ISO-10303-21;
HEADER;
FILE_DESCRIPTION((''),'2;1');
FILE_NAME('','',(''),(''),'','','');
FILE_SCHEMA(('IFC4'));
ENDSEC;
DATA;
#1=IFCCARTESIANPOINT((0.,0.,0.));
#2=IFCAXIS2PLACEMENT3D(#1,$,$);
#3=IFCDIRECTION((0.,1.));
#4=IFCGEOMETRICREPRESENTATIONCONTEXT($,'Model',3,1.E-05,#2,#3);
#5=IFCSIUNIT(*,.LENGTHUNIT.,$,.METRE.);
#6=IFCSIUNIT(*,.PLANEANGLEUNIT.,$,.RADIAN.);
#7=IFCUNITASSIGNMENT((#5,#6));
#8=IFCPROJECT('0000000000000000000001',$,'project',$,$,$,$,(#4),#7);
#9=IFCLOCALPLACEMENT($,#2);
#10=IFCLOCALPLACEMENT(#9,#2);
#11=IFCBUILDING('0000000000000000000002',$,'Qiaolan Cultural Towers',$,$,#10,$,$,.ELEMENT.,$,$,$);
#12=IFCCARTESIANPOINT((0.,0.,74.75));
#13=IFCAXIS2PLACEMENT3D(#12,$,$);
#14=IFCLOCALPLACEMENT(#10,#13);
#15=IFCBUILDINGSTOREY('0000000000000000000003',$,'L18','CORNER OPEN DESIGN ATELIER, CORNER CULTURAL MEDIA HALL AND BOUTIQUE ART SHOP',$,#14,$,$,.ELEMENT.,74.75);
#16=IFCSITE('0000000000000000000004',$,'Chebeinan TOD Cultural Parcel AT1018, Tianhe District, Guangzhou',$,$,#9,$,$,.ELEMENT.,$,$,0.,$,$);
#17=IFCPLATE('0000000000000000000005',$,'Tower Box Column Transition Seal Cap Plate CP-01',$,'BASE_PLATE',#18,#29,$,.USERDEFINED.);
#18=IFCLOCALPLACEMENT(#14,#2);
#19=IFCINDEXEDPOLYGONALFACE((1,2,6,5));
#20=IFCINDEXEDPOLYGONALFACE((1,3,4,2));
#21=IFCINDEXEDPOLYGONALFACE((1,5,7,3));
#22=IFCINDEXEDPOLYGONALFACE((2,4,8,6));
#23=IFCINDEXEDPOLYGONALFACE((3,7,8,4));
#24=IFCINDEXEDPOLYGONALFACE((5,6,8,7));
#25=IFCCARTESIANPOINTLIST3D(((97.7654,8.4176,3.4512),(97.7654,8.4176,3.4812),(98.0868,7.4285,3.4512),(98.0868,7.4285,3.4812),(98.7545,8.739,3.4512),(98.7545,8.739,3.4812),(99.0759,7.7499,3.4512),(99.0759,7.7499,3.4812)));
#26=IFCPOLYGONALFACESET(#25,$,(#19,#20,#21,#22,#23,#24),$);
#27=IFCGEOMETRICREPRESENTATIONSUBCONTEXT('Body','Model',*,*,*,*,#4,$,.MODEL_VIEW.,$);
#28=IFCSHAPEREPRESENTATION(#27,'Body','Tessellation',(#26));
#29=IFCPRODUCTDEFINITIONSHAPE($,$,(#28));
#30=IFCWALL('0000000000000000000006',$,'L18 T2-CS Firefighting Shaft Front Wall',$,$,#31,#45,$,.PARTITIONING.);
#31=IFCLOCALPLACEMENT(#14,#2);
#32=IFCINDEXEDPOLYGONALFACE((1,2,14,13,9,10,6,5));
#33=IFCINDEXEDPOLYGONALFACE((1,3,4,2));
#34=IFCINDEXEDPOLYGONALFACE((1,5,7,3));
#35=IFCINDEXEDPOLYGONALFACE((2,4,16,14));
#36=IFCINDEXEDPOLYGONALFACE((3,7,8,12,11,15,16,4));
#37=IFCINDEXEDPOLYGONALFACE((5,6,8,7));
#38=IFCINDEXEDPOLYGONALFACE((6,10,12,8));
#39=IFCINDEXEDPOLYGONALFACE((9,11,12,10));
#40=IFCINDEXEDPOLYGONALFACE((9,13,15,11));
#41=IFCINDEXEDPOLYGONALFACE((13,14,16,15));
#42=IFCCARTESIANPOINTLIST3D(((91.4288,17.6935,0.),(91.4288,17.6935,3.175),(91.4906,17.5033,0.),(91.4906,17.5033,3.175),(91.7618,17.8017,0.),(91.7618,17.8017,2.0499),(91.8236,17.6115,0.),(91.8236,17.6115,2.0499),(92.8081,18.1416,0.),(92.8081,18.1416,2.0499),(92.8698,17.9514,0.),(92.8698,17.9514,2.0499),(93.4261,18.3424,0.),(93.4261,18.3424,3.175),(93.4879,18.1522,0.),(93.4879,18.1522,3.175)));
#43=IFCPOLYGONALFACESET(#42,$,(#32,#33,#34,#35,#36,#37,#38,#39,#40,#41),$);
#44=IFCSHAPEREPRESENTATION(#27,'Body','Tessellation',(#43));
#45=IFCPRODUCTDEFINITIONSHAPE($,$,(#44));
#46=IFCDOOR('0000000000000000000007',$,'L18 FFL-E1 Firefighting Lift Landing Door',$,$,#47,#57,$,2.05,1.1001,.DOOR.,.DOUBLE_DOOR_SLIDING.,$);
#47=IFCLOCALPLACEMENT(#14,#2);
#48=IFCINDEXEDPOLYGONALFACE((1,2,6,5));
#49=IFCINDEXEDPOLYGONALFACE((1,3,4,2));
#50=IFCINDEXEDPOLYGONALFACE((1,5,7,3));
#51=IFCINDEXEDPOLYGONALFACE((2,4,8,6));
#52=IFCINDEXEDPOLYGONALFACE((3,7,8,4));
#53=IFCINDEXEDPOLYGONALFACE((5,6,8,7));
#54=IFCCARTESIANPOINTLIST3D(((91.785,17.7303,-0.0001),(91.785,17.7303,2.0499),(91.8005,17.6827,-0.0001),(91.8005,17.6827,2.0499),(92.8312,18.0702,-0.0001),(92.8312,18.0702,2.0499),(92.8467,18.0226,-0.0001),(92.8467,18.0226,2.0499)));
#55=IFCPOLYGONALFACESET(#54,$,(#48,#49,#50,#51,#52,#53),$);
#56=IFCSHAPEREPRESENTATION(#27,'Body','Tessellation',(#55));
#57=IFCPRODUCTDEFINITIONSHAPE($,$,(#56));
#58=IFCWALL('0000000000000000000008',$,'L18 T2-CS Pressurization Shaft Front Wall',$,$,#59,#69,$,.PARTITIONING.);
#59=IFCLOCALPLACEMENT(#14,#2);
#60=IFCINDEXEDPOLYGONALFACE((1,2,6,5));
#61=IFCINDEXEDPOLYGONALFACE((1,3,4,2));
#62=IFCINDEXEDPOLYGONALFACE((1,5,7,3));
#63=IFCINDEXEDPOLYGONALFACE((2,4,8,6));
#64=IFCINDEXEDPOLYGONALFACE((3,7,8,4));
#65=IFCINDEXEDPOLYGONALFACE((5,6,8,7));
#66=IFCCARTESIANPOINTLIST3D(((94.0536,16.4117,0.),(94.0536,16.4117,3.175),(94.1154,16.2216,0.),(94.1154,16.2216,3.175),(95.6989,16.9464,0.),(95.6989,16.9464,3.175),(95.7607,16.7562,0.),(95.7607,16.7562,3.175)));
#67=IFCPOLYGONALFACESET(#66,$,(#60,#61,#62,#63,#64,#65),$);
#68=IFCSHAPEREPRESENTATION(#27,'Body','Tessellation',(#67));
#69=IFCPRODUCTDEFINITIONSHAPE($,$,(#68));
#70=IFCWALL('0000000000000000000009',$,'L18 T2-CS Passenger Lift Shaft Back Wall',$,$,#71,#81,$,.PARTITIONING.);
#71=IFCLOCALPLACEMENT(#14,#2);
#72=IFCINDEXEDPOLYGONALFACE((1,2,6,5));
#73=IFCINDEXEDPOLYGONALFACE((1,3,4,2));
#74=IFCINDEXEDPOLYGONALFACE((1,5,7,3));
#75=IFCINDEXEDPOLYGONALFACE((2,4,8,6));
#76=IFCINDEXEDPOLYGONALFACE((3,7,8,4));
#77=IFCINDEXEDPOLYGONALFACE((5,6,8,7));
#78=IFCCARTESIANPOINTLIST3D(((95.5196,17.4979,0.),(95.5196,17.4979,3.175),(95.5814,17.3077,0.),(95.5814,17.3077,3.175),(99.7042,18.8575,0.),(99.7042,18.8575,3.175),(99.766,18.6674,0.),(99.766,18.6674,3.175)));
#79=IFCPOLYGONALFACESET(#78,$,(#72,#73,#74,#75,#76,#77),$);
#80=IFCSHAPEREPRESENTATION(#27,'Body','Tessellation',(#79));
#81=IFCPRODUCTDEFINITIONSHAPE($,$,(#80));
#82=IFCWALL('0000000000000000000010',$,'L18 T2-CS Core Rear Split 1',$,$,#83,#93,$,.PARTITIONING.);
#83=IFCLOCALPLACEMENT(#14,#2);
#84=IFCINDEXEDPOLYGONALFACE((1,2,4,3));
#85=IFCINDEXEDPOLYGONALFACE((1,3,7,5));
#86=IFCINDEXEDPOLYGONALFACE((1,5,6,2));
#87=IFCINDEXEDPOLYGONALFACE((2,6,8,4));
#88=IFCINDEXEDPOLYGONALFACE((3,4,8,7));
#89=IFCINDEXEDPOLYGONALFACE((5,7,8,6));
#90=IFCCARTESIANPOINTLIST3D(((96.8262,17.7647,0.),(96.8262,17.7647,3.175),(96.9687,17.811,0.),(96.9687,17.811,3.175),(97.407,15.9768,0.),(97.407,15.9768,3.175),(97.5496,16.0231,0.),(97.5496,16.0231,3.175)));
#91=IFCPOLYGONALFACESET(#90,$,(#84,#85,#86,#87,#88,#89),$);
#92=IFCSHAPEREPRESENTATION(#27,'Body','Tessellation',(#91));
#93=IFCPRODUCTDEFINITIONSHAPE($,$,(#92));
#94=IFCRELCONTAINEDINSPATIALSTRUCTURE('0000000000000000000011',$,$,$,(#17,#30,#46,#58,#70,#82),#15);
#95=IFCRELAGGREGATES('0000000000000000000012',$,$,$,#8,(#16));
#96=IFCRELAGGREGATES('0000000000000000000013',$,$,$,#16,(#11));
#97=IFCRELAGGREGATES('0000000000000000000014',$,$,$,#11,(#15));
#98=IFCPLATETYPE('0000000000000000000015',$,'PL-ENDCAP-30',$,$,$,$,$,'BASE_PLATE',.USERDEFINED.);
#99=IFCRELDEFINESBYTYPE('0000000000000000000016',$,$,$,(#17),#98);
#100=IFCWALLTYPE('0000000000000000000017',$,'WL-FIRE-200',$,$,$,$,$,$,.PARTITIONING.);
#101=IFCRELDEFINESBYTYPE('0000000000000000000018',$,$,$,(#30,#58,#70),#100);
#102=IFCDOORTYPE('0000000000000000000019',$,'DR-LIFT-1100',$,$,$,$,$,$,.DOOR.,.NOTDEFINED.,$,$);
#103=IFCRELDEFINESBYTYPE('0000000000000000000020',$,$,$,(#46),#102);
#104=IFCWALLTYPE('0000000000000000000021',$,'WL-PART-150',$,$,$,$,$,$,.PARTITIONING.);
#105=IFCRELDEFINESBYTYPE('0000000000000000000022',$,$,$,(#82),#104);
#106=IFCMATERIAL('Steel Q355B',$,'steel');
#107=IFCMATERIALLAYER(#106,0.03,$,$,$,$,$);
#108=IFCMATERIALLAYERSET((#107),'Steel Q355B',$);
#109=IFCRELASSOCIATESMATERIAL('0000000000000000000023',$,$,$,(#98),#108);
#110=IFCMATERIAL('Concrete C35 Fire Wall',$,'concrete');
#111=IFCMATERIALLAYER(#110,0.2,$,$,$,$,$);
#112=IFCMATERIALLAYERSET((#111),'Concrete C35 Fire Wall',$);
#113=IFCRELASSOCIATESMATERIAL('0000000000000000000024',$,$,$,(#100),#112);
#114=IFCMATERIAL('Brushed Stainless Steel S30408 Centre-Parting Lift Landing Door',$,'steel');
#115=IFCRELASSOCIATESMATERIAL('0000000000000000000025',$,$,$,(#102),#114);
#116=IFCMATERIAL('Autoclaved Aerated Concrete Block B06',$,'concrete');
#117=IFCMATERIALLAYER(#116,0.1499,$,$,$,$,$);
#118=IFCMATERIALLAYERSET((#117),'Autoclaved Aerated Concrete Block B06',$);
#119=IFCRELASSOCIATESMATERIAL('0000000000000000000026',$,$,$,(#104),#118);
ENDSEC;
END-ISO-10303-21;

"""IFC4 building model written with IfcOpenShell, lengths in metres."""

from ifc_helpers import new_model, si_unit, direction, frame, frame_2d, origin, origin_2d, place, context, subcontext, project, spatial, rectangle, extrude, material, layer, layer_set, type_object, element, fill, save


model = new_model("IFC4")

# Units and contexts
model_context = context("Model", 3, precision=1e-05, world=origin(), true_north=direction((0.0, 1.0)))
body_context = subcontext(model_context, "Body", "Model", "MODEL_VIEW")
ifc_project = project(units=[si_unit("LENGTHUNIT", "METRE"), si_unit("PLANEANGLEUNIT", "RADIAN")], contexts=[model_context])

# Site, building, storey
site_placement = place(None, origin())
site = spatial("IfcSite", under=ifc_project, at=site_placement, Name="Chebeinan TOD Cultural Parcel AT1018, Tianhe District, Guangzhou", CompositionType="ELEMENT", RefElevation=0.0)
building_placement = place(site_placement, origin())
building = spatial("IfcBuilding", under=site, at=building_placement, Name="Qiaolan Cultural Towers", CompositionType="ELEMENT")
storey_placement = place(building_placement, frame((0.0, 0.0, 74.75)))
storey = spatial("IfcBuildingStorey", under=building, at=storey_placement, Name="L18", Description="CORNER OPEN DESIGN ATELIER, CORNER CULTURAL MEDIA HALL AND BOUTIQUE ART SHOP", CompositionType="ELEMENT", Elevation=74.75)

# Plate
ifc_material_1 = material(Name="Steel Q355B", Category="steel")
ifc_layer_1 = layer(ifc_material_1, 0.03)
ifc_layer_set_1 = layer_set([ifc_layer_1], Name="Steel Q355B")
plate_type_1 = type_object("IfcPlateType", Name="PL-ENDCAP-30", ElementType="BASE_PLATE", PredefinedType="USERDEFINED", material=ifc_layer_set_1)
plate_1_placement = place(storey_placement, frame((98.4207, 8.0837, 3.4512), z_axis=(0.0, 0.0, 1.0), x_axis=(0.951057, 0.309017, 0.0)))
element("IfcPlate", 1, at=plate_1_placement, inside=storey, type_object=plate_type_1, Name="Tower Box Column Transition Seal Cap Plate CP-01", ObjectType="BASE_PLATE", PredefinedType="USERDEFINED", context=body_context, shape_type="SweptSolid", body=[
    extrude(rectangle(XDim=1.04, YDim=1.04, at=origin_2d()), origin(), (0.0, 0.0, 1.0), 0.03),
])

# Wall, opening, door
ifc_material_2 = material(Name="Concrete C35 Fire Wall", Category="concrete")
ifc_layer_2 = layer(ifc_material_2, 0.2)
ifc_layer_set_2 = layer_set([ifc_layer_2], Name="Concrete C35 Fire Wall")
wall_type_1 = type_object("IfcWallType", Name="WL-FIRE-200", PredefinedType="PARTITIONING", material=ifc_layer_set_2)
wall_1_placement = place(storey_placement, frame((91.4597, 17.5984, 0.0), z_axis=(0.0, 0.0, 1.0), x_axis=(0.951062, 0.308999, 0.0)))
wall_1 = element("IfcWall", 2, at=wall_1_placement, inside=storey, type_object=wall_type_1, Name="L18 T2-CS Firefighting Shaft Front Wall", PredefinedType="PARTITIONING", context=body_context, shape_type="SweptSolid", body=[
    extrude(rectangle(XDim=2.1001, YDim=0.2, at=frame_2d((1.05, 0.0))), origin(), (0.0, 0.0, 1.0), 3.175),
])
opening_placement = place(wall_1_placement, frame((0.3501, 0.0, 0.0)))
opening = element("IfcOpeningElement", 3, at=opening_placement, cuts=wall_1, PredefinedType="OPENING", context=body_context, shape_type="SweptSolid", body=[
    extrude(rectangle(XDim=1.1001, YDim=2.05, at=frame_2d((0.55, 1.0249))), frame((0.0, 0.1099, 0.0), z_axis=(0.0, -1.0, 0.0), x_axis=(1.0, 0.0, 0.0)), (0.0, 0.0, 1.0), 0.22),
])
ifc_material_3 = material(Name="Brushed Stainless Steel S30408 Centre-Parting Lift Landing Door", Category="steel")
door_type = type_object("IfcDoorType", Name="DR-LIFT-1100", OperationType="NOTDEFINED", PredefinedType="DOOR", material=ifc_material_3)
door_placement = place(opening_placement, origin())
door = element("IfcDoor", 4, at=door_placement, inside=storey, type_object=door_type, Name="L18 FFL-E1 Firefighting Lift Landing Door", OperationType="DOUBLE_DOOR_SLIDING", OverallHeight=2.05, OverallWidth=1.1001, PredefinedType="DOOR", context=body_context, shape_type="SweptSolid", body=[
    extrude(rectangle(XDim=1.1001, YDim=2.05, at=frame_2d((0.55, 1.0249))), frame((0.0, 0.0249, 0.0), z_axis=(0.0, -1.0, 0.0), x_axis=(1.0, 0.0, 0.0)), (0.0, 0.0, 1.0), 0.05),
])
fill(opening, door)

# Walls
wall_2_placement = place(storey_placement, frame((94.0845, 16.3167, 0.0), z_axis=(0.0, 0.0, 1.0), x_axis=(0.951041, 0.309064, 0.0)))
element("IfcWall", 5, at=wall_2_placement, inside=storey, type_object=wall_type_1, Name="L18 T2-CS Pressurization Shaft Front Wall", PredefinedType="PARTITIONING", context=body_context, shape_type="SweptSolid", body=[
    extrude(rectangle(XDim=1.73, YDim=0.2, at=frame_2d((0.865, 0.0))), origin(), (0.0, 0.0, 1.0), 3.175),
])
wall_3_placement = place(storey_placement, frame((95.5505, 17.4028, 0.0), z_axis=(0.0, 0.0, 1.0), x_axis=(0.951059, 0.309011, 0.0)))
element("IfcWall", 6, at=wall_3_placement, inside=storey, type_object=wall_type_1, Name="L18 T2-CS Passenger Lift Shaft Back Wall", PredefinedType="PARTITIONING", context=body_context, shape_type="SweptSolid", body=[
    extrude(rectangle(XDim=4.3999, YDim=0.2, at=frame_2d((2.2, 0.0))), origin(), (0.0, 0.0, 1.0), 3.175),
])
ifc_material_4 = material(Name="Autoclaved Aerated Concrete Block B06", Category="concrete")
ifc_layer_3 = layer(ifc_material_4, 0.1499)
ifc_layer_set_3 = layer_set([ifc_layer_3], Name="Autoclaved Aerated Concrete Block B06")
wall_type_2 = type_object("IfcWallType", Name="WL-PART-150", PredefinedType="PARTITIONING", material=ifc_layer_set_3)
wall_4_placement = place(storey_placement, frame((96.8975, 17.7878, 0.0), z_axis=(0.0, 0.0, 1.0), x_axis=(0.308972, -0.951071, 0.0)))
element("IfcWall", 7, at=wall_4_placement, inside=storey, type_object=wall_type_2, Name="L18 T2-CS Core Rear Split 1", PredefinedType="PARTITIONING", context=body_context, shape_type="SweptSolid", body=[
    extrude(rectangle(XDim=1.8799, YDim=0.1499, at=frame_2d((0.9399, 0.0))), origin(), (0.0, 0.0, 1.0), 3.175),
])

save(model, "model.ifc")
